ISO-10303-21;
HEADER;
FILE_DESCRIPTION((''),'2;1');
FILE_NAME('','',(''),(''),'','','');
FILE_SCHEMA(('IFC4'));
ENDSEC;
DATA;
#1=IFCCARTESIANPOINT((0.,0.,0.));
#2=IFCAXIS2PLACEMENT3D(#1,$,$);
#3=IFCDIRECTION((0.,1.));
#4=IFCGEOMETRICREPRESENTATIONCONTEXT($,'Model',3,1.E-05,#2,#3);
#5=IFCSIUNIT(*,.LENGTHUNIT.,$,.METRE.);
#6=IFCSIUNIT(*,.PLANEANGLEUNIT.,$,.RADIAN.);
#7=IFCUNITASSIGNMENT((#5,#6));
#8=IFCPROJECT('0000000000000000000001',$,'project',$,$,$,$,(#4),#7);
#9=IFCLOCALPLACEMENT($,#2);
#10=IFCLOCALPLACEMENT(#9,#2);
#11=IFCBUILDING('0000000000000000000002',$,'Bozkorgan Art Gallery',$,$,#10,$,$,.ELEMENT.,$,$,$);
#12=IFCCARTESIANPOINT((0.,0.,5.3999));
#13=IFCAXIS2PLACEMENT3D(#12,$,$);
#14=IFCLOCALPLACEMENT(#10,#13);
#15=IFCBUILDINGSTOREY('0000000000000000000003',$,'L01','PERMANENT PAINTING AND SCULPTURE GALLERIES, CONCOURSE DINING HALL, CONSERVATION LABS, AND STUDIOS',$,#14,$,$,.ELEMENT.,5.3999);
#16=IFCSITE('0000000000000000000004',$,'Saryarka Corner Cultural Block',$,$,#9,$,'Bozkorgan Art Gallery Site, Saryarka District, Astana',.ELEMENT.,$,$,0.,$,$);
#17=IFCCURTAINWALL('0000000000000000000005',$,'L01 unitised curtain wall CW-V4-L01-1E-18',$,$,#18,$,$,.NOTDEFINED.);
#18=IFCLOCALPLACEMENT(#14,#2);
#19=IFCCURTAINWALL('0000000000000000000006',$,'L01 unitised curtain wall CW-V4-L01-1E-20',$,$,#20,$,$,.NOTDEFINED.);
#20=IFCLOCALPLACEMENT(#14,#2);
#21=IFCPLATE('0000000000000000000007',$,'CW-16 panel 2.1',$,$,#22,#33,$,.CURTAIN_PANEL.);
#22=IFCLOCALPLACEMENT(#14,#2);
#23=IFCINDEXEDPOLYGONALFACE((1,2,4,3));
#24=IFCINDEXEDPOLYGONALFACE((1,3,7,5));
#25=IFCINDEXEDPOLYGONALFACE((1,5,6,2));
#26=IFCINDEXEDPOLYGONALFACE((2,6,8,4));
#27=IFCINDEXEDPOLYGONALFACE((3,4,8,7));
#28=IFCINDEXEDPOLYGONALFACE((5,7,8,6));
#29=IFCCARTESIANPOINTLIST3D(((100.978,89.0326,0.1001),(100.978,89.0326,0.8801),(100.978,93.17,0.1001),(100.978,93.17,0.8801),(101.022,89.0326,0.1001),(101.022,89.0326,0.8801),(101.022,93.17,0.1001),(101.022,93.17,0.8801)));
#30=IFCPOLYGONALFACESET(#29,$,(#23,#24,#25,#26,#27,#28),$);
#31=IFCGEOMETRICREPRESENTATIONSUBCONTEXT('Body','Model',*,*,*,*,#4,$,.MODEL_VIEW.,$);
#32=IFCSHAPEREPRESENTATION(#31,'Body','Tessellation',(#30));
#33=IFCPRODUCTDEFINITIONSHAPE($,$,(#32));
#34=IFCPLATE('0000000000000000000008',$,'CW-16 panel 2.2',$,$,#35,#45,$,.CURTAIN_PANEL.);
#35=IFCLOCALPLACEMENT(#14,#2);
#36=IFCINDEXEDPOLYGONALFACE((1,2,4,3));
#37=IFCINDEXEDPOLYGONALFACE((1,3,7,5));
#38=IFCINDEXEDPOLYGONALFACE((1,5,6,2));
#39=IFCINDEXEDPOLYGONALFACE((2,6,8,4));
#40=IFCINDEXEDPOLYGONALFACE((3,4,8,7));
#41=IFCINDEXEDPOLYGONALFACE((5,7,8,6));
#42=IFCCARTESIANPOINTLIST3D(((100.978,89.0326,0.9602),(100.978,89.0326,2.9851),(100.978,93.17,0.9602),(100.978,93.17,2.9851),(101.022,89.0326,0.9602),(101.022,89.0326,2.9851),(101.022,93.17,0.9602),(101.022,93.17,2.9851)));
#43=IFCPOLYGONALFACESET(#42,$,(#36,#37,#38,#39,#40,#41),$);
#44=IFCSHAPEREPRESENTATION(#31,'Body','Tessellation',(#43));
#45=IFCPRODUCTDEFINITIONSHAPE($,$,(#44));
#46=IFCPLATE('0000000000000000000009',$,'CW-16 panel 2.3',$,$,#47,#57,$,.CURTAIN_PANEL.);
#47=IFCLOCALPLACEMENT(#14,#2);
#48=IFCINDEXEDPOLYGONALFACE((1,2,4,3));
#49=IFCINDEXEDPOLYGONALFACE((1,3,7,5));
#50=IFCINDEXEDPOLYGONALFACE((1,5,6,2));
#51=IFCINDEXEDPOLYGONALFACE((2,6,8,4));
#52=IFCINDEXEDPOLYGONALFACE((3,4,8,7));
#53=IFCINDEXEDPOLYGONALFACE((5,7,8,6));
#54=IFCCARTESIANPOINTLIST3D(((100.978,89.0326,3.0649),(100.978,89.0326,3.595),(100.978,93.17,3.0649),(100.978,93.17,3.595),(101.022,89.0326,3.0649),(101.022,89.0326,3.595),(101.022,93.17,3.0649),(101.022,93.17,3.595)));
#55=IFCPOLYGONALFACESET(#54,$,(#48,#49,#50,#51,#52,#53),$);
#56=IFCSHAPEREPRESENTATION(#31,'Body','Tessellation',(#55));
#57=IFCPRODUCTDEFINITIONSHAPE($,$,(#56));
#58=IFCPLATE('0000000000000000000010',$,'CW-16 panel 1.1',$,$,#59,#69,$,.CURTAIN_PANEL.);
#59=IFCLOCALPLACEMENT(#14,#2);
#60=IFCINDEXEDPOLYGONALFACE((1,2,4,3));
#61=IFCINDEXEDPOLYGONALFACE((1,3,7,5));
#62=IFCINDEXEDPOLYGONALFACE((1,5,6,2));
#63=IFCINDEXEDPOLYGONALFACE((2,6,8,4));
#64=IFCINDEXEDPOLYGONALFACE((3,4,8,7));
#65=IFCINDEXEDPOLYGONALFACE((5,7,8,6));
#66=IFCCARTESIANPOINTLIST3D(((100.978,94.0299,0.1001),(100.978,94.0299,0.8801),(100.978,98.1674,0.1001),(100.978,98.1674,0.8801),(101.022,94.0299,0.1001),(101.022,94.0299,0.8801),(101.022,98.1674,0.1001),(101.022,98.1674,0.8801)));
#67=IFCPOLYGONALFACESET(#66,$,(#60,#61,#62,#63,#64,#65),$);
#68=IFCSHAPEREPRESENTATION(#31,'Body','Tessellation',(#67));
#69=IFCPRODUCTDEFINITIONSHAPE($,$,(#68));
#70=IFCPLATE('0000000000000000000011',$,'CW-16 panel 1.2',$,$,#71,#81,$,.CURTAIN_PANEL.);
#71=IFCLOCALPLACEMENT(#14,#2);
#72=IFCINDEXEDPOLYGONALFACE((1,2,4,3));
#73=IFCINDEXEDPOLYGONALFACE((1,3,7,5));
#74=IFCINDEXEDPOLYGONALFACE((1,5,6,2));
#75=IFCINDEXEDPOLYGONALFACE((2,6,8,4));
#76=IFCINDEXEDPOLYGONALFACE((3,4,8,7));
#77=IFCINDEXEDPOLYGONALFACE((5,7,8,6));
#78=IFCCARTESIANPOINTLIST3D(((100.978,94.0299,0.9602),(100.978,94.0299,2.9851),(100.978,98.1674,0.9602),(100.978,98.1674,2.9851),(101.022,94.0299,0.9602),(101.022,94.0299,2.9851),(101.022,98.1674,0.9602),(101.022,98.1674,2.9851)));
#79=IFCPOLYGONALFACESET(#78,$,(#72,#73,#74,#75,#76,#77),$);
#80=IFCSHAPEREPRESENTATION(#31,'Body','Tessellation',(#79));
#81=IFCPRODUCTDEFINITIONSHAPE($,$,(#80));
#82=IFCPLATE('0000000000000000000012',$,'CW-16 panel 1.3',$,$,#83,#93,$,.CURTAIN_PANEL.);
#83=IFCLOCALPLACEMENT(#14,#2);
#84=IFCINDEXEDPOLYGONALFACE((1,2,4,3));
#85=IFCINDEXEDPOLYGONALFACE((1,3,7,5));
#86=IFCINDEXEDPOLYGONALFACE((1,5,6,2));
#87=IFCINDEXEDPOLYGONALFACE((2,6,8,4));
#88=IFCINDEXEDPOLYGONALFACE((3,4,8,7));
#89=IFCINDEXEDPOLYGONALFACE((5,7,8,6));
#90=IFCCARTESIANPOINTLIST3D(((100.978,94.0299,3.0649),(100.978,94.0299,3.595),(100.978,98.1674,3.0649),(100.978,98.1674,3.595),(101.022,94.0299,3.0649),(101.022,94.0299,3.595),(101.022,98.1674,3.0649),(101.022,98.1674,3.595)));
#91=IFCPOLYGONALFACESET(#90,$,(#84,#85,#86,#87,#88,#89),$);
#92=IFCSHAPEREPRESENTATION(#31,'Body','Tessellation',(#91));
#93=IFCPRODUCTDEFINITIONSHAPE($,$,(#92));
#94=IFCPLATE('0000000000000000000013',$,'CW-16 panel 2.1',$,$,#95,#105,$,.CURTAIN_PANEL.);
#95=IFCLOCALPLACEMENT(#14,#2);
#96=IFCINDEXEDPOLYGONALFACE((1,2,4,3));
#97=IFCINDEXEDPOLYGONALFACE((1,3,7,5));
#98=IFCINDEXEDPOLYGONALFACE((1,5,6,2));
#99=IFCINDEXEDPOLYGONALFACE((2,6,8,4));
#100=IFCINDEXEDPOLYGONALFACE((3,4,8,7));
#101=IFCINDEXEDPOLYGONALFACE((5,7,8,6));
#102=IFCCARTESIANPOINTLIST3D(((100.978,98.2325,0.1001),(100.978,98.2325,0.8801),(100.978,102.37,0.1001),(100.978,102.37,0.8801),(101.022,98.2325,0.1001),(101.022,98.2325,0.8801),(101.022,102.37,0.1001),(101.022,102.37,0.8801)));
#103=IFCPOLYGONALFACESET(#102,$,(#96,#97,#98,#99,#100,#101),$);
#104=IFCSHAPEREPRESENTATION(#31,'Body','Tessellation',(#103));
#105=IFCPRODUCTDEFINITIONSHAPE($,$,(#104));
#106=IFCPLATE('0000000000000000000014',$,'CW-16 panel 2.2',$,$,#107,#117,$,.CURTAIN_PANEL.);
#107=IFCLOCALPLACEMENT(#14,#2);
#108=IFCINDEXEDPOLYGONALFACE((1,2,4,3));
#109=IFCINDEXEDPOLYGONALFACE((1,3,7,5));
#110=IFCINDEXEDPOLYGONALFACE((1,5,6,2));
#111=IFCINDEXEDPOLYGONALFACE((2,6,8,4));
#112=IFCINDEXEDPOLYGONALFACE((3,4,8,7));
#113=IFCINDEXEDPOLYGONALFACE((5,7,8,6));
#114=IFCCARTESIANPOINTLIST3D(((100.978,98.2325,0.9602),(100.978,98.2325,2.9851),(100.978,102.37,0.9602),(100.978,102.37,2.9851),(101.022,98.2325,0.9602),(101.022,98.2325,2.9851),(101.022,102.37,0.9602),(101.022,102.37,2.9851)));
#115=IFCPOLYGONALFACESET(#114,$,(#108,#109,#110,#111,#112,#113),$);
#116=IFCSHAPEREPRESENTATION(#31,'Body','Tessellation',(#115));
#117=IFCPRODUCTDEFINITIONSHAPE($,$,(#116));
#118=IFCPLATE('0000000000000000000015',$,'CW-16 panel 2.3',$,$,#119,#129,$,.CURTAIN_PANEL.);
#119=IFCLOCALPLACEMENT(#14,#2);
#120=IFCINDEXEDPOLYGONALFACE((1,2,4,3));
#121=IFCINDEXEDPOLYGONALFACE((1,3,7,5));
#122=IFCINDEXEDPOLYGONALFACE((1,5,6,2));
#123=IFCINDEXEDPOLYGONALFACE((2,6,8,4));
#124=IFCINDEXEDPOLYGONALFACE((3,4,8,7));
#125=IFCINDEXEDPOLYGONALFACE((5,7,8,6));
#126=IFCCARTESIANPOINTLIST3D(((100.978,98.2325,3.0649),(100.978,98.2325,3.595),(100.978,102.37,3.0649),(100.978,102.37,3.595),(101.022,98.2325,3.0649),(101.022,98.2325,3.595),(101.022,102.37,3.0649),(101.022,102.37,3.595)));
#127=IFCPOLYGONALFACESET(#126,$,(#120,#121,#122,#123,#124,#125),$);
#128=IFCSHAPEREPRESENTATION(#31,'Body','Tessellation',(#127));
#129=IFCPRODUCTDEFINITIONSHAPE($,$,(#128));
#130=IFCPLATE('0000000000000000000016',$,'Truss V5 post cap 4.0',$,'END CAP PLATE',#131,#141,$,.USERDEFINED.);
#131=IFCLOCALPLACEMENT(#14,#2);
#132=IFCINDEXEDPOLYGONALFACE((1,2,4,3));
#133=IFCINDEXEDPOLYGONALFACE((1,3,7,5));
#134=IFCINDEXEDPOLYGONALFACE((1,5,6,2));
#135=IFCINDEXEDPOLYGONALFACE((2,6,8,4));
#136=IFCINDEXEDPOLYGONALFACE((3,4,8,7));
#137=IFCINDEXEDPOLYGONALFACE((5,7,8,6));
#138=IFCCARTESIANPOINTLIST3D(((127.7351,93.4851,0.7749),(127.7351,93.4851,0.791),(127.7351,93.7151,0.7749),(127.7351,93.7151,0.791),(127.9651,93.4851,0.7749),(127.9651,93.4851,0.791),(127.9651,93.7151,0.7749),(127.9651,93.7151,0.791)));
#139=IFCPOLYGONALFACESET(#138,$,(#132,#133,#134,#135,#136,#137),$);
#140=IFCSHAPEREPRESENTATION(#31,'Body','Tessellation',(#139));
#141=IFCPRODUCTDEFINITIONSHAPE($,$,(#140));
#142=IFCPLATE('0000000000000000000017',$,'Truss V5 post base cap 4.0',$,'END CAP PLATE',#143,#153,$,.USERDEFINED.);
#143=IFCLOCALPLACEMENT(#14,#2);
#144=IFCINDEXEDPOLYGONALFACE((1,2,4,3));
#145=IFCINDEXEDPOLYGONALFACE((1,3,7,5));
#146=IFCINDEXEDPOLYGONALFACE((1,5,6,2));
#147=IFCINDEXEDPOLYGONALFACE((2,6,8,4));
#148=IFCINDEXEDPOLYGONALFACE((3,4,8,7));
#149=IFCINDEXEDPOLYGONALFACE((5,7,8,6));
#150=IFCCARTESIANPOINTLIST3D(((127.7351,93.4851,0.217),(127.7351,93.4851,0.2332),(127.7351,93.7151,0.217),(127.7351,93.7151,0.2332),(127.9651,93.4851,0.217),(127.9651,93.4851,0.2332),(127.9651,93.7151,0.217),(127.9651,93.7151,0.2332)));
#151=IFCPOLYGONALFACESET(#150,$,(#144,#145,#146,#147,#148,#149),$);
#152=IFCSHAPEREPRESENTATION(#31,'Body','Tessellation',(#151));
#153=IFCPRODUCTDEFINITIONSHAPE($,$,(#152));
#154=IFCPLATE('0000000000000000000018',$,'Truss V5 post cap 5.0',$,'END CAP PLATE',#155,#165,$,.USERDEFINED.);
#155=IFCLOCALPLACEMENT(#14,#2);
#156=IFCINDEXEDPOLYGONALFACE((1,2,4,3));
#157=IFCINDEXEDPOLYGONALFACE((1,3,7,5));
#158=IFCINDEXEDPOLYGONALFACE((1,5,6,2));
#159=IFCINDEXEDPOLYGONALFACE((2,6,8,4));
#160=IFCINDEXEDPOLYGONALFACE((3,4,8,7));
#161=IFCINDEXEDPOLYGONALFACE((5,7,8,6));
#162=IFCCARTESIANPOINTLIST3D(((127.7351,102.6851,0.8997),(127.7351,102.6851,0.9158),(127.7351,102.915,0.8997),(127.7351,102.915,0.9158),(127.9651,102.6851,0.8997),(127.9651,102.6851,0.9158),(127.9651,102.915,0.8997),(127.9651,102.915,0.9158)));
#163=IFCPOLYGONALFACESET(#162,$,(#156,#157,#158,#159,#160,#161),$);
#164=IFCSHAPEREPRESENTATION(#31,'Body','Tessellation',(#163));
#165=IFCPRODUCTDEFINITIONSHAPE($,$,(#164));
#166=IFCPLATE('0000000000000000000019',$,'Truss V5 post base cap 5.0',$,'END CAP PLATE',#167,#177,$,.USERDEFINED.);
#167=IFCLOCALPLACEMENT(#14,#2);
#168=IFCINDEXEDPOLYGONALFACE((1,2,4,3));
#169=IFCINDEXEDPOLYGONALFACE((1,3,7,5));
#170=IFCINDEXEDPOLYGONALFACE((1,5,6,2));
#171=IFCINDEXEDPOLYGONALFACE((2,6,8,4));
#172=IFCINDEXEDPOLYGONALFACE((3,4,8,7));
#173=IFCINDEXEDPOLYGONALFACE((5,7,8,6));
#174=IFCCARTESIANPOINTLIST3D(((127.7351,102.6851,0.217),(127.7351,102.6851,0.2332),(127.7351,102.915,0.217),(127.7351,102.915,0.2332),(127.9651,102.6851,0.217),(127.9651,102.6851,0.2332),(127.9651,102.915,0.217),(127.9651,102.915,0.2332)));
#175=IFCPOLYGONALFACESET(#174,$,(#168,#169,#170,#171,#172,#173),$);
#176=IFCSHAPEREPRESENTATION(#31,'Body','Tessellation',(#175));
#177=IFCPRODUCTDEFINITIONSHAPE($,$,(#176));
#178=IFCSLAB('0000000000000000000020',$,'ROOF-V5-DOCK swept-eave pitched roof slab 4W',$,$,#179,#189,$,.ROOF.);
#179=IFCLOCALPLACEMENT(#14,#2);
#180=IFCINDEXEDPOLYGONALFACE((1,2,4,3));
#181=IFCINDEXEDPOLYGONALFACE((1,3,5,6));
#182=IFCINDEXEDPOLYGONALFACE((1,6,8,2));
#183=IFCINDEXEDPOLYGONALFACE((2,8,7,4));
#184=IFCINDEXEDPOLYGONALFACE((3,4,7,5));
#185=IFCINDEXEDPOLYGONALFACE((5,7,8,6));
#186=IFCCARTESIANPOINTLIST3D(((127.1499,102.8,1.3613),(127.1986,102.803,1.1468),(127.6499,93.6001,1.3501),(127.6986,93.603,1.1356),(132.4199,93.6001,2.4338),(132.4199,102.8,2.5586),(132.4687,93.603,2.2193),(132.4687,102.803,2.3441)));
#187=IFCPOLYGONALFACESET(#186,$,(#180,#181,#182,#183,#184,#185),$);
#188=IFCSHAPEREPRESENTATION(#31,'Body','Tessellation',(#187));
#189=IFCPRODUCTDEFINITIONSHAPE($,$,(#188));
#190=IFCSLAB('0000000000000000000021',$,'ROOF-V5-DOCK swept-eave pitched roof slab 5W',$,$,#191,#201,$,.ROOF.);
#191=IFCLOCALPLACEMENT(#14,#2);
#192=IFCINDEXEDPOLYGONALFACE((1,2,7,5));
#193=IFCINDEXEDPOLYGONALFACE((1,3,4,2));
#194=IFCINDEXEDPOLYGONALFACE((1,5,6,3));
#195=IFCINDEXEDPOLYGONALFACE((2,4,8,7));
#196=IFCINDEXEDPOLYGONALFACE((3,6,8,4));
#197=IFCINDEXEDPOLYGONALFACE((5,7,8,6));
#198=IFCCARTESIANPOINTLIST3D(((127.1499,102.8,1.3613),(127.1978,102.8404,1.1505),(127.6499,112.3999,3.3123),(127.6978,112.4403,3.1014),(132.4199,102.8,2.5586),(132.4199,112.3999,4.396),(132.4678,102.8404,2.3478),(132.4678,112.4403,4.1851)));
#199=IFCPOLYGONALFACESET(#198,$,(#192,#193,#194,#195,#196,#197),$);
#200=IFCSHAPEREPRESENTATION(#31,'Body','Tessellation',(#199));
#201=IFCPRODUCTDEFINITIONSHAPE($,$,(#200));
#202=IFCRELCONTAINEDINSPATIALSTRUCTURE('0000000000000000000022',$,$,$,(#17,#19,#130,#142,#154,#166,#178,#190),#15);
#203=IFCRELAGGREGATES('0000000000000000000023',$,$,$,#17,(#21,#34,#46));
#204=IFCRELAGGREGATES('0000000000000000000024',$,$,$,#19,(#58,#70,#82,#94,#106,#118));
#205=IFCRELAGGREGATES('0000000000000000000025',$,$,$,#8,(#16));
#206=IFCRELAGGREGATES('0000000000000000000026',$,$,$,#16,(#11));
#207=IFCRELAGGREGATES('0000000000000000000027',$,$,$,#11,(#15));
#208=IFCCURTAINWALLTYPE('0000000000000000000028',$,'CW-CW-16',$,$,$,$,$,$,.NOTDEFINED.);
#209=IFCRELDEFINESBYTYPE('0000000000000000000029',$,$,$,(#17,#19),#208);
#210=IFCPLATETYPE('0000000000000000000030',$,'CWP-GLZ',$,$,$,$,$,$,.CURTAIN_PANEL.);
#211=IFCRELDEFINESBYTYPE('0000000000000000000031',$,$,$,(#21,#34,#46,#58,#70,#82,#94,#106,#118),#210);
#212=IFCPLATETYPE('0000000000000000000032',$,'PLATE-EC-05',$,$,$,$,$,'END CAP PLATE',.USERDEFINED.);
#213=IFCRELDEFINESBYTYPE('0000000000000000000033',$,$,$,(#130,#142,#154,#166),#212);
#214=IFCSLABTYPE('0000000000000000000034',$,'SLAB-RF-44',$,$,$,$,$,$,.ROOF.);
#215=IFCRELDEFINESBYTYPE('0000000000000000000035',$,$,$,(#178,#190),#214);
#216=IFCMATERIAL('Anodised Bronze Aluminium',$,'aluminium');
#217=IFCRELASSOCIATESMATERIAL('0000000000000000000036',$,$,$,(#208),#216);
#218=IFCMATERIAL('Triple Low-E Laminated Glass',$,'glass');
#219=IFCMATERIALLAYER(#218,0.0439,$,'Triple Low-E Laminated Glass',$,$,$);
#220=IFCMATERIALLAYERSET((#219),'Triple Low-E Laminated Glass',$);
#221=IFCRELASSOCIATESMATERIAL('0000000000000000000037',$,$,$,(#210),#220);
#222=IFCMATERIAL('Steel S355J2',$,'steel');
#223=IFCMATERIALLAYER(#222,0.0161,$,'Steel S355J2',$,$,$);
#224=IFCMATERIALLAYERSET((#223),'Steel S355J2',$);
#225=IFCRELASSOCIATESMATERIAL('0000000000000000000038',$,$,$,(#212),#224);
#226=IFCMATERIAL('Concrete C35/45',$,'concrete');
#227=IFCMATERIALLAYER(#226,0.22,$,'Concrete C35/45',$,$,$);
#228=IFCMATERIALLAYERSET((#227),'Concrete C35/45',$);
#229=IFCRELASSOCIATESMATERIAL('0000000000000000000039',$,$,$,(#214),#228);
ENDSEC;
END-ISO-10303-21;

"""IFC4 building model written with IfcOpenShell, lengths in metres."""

from ifc_helpers import new_model, si_unit, direction, frame, origin, origin_2d, place, context, subcontext, project, spatial, polyline, rectangle, outline, extrude, material, layer, layer_set, type_object, element, aggregate, save


model = new_model("IFC4")

# Units and contexts
model_context = context("Model", 3, precision=1e-05, world=origin(), true_north=direction((0.0, 1.0)))
body_context = subcontext(model_context, "Body", "Model", "MODEL_VIEW")
ifc_project = project(units=[si_unit("LENGTHUNIT", "METRE"), si_unit("PLANEANGLEUNIT", "RADIAN")], contexts=[model_context])

# Site, building, storey
site_placement = place(None, origin())
site = spatial("IfcSite", under=ifc_project, at=site_placement, Name="Saryarka Corner Cultural Block", LongName="Bozkorgan Art Gallery Site, Saryarka District, Astana", CompositionType="ELEMENT", RefElevation=0.0)
building_placement = place(site_placement, origin())
building = spatial("IfcBuilding", under=site, at=building_placement, Name="Bozkorgan Art Gallery", CompositionType="ELEMENT")
storey_placement = place(building_placement, frame((0.0, 0.0, 5.3999)))
storey = spatial("IfcBuildingStorey", under=building, at=storey_placement, Name="L01", Description="PERMANENT PAINTING AND SCULPTURE GALLERIES, CONCOURSE DINING HALL, CONSERVATION LABS, AND STUDIOS", CompositionType="ELEMENT", Elevation=5.3999)

# Shared definitions
ifc_material_1 = material(Name="Concrete C35/45", Category="concrete")
ifc_material_2 = material(Name="Steel S355J2", Category="steel")

# Curtain wall
ifc_material_3 = material(Name="Anodised Bronze Aluminium", Category="aluminium")
curtain_wall_type = type_object("IfcCurtainWallType", Name="CW-CW-16", PredefinedType="NOTDEFINED", material=ifc_material_3)
curtain_wall_1_placement = place(storey_placement, origin())
curtain_wall_1 = element("IfcCurtainWall", 1, at=curtain_wall_1_placement, inside=storey, type_object=curtain_wall_type, Name="L01 unitised curtain wall CW-V4-L01-1E-18", PredefinedType="NOTDEFINED")

# Curtain wall
curtain_wall_2_placement = place(storey_placement, origin())
curtain_wall_2 = element("IfcCurtainWall", 2, at=curtain_wall_2_placement, inside=storey, type_object=curtain_wall_type, Name="L01 unitised curtain wall CW-V4-L01-1E-20", PredefinedType="NOTDEFINED")

# Plates
ifc_material_4 = material(Name="Triple Low-E Laminated Glass", Category="glass")
ifc_layer_1 = layer(ifc_material_4, 0.0439, Name="Triple Low-E Laminated Glass")
ifc_layer_set_1 = layer_set([ifc_layer_1], Name="Triple Low-E Laminated Glass")
plate_type_1 = type_object("IfcPlateType", Name="CWP-GLZ", PredefinedType="CURTAIN_PANEL", material=ifc_layer_set_1)
plate_1_placement = place(storey_placement, frame((101.0, 91.1013, 0.1001), z_axis=(0.0, 0.0, 1.0), x_axis=(0.0, 1.0, 0.0)))
plate_1 = element("IfcPlate", 3, at=plate_1_placement, type_object=plate_type_1, Name="CW-16 panel 2.1", PredefinedType="CURTAIN_PANEL", context=body_context, shape_type="SweptSolid", body=[
    extrude(rectangle(XDim=4.1375, YDim=0.0439, at=origin_2d()), origin(), (0.0, 0.0, 1.0), 0.78),
])
plate_2_placement = place(storey_placement, frame((101.0, 91.1013, 0.9602), z_axis=(0.0, 0.0, 1.0), x_axis=(0.0, 1.0, 0.0)))
plate_2 = element("IfcPlate", 4, at=plate_2_placement, type_object=plate_type_1, Name="CW-16 panel 2.2", PredefinedType="CURTAIN_PANEL", context=body_context, shape_type="SweptSolid", body=[
    extrude(rectangle(XDim=4.1375, YDim=0.0439, at=origin_2d()), origin(), (0.0, 0.0, 1.0), 2.0249),
])
plate_3_placement = place(storey_placement, frame((101.0, 91.1013, 3.0649), z_axis=(0.0, 0.0, 1.0), x_axis=(0.0, 1.0, 0.0)))
plate_3 = element("IfcPlate", 5, at=plate_3_placement, type_object=plate_type_1, Name="CW-16 panel 2.3", PredefinedType="CURTAIN_PANEL", context=body_context, shape_type="SweptSolid", body=[
    extrude(rectangle(XDim=4.1375, YDim=0.0439, at=origin_2d()), origin(), (0.0, 0.0, 1.0), 0.53),
])
aggregate(curtain_wall_1, [plate_1, plate_2, plate_3])
plate_4_placement = place(storey_placement, frame((101.0, 96.0986, 0.1001), z_axis=(0.0, 0.0, 1.0), x_axis=(0.0, 1.0, 0.0)))
plate_4 = element("IfcPlate", 6, at=plate_4_placement, type_object=plate_type_1, Name="CW-16 panel 1.1", PredefinedType="CURTAIN_PANEL", context=body_context, shape_type="SweptSolid", body=[
    extrude(rectangle(XDim=4.1375, YDim=0.0439, at=origin_2d()), origin(), (0.0, 0.0, 1.0), 0.78),
])
plate_5_placement = place(storey_placement, frame((101.0, 96.0986, 0.9602), z_axis=(0.0, 0.0, 1.0), x_axis=(0.0, 1.0, 0.0)))
plate_5 = element("IfcPlate", 7, at=plate_5_placement, type_object=plate_type_1, Name="CW-16 panel 1.2", PredefinedType="CURTAIN_PANEL", context=body_context, shape_type="SweptSolid", body=[
    extrude(rectangle(XDim=4.1375, YDim=0.0439, at=origin_2d()), origin(), (0.0, 0.0, 1.0), 2.0249),
])
plate_6_placement = place(storey_placement, frame((101.0, 96.0986, 3.0649), z_axis=(0.0, 0.0, 1.0), x_axis=(0.0, 1.0, 0.0)))
plate_6 = element("IfcPlate", 8, at=plate_6_placement, type_object=plate_type_1, Name="CW-16 panel 1.3", PredefinedType="CURTAIN_PANEL", context=body_context, shape_type="SweptSolid", body=[
    extrude(rectangle(XDim=4.1375, YDim=0.0439, at=origin_2d()), origin(), (0.0, 0.0, 1.0), 0.53),
])
plate_7_placement = place(storey_placement, frame((101.0, 100.3013, 0.1001), z_axis=(0.0, 0.0, 1.0), x_axis=(0.0, 1.0, 0.0)))
plate_7 = element("IfcPlate", 9, at=plate_7_placement, type_object=plate_type_1, Name="CW-16 panel 2.1", PredefinedType="CURTAIN_PANEL", context=body_context, shape_type="SweptSolid", body=[
    extrude(rectangle(XDim=4.1375, YDim=0.0439, at=origin_2d()), origin(), (0.0, 0.0, 1.0), 0.78),
])
plate_8_placement = place(storey_placement, frame((101.0, 100.3013, 0.9602), z_axis=(0.0, 0.0, 1.0), x_axis=(0.0, 1.0, 0.0)))
plate_8 = element("IfcPlate", 10, at=plate_8_placement, type_object=plate_type_1, Name="CW-16 panel 2.2", PredefinedType="CURTAIN_PANEL", context=body_context, shape_type="SweptSolid", body=[
    extrude(rectangle(XDim=4.1375, YDim=0.0439, at=origin_2d()), origin(), (0.0, 0.0, 1.0), 2.0249),
])
plate_9_placement = place(storey_placement, frame((101.0, 100.3013, 3.0649), z_axis=(0.0, 0.0, 1.0), x_axis=(0.0, 1.0, 0.0)))
plate_9 = element("IfcPlate", 11, at=plate_9_placement, type_object=plate_type_1, Name="CW-16 panel 2.3", PredefinedType="CURTAIN_PANEL", context=body_context, shape_type="SweptSolid", body=[
    extrude(rectangle(XDim=4.1375, YDim=0.0439, at=origin_2d()), origin(), (0.0, 0.0, 1.0), 0.53),
])
aggregate(curtain_wall_2, [plate_4, plate_5, plate_6, plate_7, plate_8, plate_9])

# Plates
ifc_layer_2 = layer(ifc_material_2, 0.0161, Name="Steel S355J2")
ifc_layer_set_2 = layer_set([ifc_layer_2], Name="Steel S355J2")
plate_type_2 = type_object("IfcPlateType", Name="PLATE-EC-05", ElementType="END CAP PLATE", PredefinedType="USERDEFINED", material=ifc_layer_set_2)
for number, where, z_axis, x_axis, name in (
    (12, (127.8501, 93.6001, 0.7749), (0.0, 0.0, 1.0), (1.0, 0.0, 0.0), "Truss V5 post cap 4.0"),
    (13, (127.8501, 93.6001, 0.217), (0.0, 0.0, 1.0), (1.0, 0.0, 0.0), "Truss V5 post base cap 4.0"),
    (14, (127.8501, 102.8, 0.8997), (0.0, 0.0, 1.0), (1.0, 0.0, 0.0), "Truss V5 post cap 5.0"),
    (15, (127.8501, 102.8, 0.217), (0.0, 0.0, 1.0), (1.0, 0.0, 0.0), "Truss V5 post base cap 5.0"),
):
    element("IfcPlate", number, at=place(storey_placement, frame(where, z_axis=z_axis, x_axis=x_axis)), inside=storey, type_object=plate_type_2, Name=name, ObjectType="END CAP PLATE", PredefinedType="USERDEFINED", context=body_context, shape_type="SweptSolid", body=[
        extrude(rectangle(XDim=0.23, YDim=0.23, at=origin_2d()), origin(), (0.0, 0.0, 1.0), 0.0161),
    ])

# Slabs
ifc_layer_3 = layer(ifc_material_1, 0.22, Name="Concrete C35/45")
ifc_layer_set_3 = layer_set([ifc_layer_3], Name="Concrete C35/45")
slab_type = type_object("IfcSlabType", Name="SLAB-RF-44", PredefinedType="ROOF", material=ifc_layer_set_3)
slab_1_placement = place(storey_placement, frame((127.6499, 93.6001, 1.3501), z_axis=(-0.221526, -0.013226, 0.975065), x_axis=(0.97515, 0.0, 0.221545)))
element("IfcSlab", 16, at=slab_1_placement, inside=storey, type_object=slab_type, Name="ROOF-V5-DOCK swept-eave pitched roof slab 4W", PredefinedType="ROOF", context=body_context, shape_type="SweptSolid", body=[
    extrude(outline(polyline([(0.0, 0.0), (4.8916, 0.0), (4.9192, 9.2008), (-0.4851, 9.2008), (0.0, 0.0)])), origin(), (0.0, 0.0, -1.0), 0.22),
])
slab_2_placement = place(storey_placement, frame((127.1499, 102.8, 1.3613), z_axis=(-0.217785, -0.183471, 0.958597), x_axis=(0.97515, -0.000001, 0.221545)))
element("IfcSlab", 17, at=slab_2_placement, inside=storey, type_object=slab_type, Name="ROOF-V5-DOCK swept-eave pitched roof slab 5W", PredefinedType="ROOF", context=body_context, shape_type="SweptSolid", body=[
    extrude(outline(polyline([(0.0, 0.0), (5.4043, 0.0), (5.8114, 9.7656), (0.9198, 9.7656), (0.0, 0.0)])), origin(), (0.0, 0.0, -1.0), 0.22),
])

save(model, "model.ifc")
